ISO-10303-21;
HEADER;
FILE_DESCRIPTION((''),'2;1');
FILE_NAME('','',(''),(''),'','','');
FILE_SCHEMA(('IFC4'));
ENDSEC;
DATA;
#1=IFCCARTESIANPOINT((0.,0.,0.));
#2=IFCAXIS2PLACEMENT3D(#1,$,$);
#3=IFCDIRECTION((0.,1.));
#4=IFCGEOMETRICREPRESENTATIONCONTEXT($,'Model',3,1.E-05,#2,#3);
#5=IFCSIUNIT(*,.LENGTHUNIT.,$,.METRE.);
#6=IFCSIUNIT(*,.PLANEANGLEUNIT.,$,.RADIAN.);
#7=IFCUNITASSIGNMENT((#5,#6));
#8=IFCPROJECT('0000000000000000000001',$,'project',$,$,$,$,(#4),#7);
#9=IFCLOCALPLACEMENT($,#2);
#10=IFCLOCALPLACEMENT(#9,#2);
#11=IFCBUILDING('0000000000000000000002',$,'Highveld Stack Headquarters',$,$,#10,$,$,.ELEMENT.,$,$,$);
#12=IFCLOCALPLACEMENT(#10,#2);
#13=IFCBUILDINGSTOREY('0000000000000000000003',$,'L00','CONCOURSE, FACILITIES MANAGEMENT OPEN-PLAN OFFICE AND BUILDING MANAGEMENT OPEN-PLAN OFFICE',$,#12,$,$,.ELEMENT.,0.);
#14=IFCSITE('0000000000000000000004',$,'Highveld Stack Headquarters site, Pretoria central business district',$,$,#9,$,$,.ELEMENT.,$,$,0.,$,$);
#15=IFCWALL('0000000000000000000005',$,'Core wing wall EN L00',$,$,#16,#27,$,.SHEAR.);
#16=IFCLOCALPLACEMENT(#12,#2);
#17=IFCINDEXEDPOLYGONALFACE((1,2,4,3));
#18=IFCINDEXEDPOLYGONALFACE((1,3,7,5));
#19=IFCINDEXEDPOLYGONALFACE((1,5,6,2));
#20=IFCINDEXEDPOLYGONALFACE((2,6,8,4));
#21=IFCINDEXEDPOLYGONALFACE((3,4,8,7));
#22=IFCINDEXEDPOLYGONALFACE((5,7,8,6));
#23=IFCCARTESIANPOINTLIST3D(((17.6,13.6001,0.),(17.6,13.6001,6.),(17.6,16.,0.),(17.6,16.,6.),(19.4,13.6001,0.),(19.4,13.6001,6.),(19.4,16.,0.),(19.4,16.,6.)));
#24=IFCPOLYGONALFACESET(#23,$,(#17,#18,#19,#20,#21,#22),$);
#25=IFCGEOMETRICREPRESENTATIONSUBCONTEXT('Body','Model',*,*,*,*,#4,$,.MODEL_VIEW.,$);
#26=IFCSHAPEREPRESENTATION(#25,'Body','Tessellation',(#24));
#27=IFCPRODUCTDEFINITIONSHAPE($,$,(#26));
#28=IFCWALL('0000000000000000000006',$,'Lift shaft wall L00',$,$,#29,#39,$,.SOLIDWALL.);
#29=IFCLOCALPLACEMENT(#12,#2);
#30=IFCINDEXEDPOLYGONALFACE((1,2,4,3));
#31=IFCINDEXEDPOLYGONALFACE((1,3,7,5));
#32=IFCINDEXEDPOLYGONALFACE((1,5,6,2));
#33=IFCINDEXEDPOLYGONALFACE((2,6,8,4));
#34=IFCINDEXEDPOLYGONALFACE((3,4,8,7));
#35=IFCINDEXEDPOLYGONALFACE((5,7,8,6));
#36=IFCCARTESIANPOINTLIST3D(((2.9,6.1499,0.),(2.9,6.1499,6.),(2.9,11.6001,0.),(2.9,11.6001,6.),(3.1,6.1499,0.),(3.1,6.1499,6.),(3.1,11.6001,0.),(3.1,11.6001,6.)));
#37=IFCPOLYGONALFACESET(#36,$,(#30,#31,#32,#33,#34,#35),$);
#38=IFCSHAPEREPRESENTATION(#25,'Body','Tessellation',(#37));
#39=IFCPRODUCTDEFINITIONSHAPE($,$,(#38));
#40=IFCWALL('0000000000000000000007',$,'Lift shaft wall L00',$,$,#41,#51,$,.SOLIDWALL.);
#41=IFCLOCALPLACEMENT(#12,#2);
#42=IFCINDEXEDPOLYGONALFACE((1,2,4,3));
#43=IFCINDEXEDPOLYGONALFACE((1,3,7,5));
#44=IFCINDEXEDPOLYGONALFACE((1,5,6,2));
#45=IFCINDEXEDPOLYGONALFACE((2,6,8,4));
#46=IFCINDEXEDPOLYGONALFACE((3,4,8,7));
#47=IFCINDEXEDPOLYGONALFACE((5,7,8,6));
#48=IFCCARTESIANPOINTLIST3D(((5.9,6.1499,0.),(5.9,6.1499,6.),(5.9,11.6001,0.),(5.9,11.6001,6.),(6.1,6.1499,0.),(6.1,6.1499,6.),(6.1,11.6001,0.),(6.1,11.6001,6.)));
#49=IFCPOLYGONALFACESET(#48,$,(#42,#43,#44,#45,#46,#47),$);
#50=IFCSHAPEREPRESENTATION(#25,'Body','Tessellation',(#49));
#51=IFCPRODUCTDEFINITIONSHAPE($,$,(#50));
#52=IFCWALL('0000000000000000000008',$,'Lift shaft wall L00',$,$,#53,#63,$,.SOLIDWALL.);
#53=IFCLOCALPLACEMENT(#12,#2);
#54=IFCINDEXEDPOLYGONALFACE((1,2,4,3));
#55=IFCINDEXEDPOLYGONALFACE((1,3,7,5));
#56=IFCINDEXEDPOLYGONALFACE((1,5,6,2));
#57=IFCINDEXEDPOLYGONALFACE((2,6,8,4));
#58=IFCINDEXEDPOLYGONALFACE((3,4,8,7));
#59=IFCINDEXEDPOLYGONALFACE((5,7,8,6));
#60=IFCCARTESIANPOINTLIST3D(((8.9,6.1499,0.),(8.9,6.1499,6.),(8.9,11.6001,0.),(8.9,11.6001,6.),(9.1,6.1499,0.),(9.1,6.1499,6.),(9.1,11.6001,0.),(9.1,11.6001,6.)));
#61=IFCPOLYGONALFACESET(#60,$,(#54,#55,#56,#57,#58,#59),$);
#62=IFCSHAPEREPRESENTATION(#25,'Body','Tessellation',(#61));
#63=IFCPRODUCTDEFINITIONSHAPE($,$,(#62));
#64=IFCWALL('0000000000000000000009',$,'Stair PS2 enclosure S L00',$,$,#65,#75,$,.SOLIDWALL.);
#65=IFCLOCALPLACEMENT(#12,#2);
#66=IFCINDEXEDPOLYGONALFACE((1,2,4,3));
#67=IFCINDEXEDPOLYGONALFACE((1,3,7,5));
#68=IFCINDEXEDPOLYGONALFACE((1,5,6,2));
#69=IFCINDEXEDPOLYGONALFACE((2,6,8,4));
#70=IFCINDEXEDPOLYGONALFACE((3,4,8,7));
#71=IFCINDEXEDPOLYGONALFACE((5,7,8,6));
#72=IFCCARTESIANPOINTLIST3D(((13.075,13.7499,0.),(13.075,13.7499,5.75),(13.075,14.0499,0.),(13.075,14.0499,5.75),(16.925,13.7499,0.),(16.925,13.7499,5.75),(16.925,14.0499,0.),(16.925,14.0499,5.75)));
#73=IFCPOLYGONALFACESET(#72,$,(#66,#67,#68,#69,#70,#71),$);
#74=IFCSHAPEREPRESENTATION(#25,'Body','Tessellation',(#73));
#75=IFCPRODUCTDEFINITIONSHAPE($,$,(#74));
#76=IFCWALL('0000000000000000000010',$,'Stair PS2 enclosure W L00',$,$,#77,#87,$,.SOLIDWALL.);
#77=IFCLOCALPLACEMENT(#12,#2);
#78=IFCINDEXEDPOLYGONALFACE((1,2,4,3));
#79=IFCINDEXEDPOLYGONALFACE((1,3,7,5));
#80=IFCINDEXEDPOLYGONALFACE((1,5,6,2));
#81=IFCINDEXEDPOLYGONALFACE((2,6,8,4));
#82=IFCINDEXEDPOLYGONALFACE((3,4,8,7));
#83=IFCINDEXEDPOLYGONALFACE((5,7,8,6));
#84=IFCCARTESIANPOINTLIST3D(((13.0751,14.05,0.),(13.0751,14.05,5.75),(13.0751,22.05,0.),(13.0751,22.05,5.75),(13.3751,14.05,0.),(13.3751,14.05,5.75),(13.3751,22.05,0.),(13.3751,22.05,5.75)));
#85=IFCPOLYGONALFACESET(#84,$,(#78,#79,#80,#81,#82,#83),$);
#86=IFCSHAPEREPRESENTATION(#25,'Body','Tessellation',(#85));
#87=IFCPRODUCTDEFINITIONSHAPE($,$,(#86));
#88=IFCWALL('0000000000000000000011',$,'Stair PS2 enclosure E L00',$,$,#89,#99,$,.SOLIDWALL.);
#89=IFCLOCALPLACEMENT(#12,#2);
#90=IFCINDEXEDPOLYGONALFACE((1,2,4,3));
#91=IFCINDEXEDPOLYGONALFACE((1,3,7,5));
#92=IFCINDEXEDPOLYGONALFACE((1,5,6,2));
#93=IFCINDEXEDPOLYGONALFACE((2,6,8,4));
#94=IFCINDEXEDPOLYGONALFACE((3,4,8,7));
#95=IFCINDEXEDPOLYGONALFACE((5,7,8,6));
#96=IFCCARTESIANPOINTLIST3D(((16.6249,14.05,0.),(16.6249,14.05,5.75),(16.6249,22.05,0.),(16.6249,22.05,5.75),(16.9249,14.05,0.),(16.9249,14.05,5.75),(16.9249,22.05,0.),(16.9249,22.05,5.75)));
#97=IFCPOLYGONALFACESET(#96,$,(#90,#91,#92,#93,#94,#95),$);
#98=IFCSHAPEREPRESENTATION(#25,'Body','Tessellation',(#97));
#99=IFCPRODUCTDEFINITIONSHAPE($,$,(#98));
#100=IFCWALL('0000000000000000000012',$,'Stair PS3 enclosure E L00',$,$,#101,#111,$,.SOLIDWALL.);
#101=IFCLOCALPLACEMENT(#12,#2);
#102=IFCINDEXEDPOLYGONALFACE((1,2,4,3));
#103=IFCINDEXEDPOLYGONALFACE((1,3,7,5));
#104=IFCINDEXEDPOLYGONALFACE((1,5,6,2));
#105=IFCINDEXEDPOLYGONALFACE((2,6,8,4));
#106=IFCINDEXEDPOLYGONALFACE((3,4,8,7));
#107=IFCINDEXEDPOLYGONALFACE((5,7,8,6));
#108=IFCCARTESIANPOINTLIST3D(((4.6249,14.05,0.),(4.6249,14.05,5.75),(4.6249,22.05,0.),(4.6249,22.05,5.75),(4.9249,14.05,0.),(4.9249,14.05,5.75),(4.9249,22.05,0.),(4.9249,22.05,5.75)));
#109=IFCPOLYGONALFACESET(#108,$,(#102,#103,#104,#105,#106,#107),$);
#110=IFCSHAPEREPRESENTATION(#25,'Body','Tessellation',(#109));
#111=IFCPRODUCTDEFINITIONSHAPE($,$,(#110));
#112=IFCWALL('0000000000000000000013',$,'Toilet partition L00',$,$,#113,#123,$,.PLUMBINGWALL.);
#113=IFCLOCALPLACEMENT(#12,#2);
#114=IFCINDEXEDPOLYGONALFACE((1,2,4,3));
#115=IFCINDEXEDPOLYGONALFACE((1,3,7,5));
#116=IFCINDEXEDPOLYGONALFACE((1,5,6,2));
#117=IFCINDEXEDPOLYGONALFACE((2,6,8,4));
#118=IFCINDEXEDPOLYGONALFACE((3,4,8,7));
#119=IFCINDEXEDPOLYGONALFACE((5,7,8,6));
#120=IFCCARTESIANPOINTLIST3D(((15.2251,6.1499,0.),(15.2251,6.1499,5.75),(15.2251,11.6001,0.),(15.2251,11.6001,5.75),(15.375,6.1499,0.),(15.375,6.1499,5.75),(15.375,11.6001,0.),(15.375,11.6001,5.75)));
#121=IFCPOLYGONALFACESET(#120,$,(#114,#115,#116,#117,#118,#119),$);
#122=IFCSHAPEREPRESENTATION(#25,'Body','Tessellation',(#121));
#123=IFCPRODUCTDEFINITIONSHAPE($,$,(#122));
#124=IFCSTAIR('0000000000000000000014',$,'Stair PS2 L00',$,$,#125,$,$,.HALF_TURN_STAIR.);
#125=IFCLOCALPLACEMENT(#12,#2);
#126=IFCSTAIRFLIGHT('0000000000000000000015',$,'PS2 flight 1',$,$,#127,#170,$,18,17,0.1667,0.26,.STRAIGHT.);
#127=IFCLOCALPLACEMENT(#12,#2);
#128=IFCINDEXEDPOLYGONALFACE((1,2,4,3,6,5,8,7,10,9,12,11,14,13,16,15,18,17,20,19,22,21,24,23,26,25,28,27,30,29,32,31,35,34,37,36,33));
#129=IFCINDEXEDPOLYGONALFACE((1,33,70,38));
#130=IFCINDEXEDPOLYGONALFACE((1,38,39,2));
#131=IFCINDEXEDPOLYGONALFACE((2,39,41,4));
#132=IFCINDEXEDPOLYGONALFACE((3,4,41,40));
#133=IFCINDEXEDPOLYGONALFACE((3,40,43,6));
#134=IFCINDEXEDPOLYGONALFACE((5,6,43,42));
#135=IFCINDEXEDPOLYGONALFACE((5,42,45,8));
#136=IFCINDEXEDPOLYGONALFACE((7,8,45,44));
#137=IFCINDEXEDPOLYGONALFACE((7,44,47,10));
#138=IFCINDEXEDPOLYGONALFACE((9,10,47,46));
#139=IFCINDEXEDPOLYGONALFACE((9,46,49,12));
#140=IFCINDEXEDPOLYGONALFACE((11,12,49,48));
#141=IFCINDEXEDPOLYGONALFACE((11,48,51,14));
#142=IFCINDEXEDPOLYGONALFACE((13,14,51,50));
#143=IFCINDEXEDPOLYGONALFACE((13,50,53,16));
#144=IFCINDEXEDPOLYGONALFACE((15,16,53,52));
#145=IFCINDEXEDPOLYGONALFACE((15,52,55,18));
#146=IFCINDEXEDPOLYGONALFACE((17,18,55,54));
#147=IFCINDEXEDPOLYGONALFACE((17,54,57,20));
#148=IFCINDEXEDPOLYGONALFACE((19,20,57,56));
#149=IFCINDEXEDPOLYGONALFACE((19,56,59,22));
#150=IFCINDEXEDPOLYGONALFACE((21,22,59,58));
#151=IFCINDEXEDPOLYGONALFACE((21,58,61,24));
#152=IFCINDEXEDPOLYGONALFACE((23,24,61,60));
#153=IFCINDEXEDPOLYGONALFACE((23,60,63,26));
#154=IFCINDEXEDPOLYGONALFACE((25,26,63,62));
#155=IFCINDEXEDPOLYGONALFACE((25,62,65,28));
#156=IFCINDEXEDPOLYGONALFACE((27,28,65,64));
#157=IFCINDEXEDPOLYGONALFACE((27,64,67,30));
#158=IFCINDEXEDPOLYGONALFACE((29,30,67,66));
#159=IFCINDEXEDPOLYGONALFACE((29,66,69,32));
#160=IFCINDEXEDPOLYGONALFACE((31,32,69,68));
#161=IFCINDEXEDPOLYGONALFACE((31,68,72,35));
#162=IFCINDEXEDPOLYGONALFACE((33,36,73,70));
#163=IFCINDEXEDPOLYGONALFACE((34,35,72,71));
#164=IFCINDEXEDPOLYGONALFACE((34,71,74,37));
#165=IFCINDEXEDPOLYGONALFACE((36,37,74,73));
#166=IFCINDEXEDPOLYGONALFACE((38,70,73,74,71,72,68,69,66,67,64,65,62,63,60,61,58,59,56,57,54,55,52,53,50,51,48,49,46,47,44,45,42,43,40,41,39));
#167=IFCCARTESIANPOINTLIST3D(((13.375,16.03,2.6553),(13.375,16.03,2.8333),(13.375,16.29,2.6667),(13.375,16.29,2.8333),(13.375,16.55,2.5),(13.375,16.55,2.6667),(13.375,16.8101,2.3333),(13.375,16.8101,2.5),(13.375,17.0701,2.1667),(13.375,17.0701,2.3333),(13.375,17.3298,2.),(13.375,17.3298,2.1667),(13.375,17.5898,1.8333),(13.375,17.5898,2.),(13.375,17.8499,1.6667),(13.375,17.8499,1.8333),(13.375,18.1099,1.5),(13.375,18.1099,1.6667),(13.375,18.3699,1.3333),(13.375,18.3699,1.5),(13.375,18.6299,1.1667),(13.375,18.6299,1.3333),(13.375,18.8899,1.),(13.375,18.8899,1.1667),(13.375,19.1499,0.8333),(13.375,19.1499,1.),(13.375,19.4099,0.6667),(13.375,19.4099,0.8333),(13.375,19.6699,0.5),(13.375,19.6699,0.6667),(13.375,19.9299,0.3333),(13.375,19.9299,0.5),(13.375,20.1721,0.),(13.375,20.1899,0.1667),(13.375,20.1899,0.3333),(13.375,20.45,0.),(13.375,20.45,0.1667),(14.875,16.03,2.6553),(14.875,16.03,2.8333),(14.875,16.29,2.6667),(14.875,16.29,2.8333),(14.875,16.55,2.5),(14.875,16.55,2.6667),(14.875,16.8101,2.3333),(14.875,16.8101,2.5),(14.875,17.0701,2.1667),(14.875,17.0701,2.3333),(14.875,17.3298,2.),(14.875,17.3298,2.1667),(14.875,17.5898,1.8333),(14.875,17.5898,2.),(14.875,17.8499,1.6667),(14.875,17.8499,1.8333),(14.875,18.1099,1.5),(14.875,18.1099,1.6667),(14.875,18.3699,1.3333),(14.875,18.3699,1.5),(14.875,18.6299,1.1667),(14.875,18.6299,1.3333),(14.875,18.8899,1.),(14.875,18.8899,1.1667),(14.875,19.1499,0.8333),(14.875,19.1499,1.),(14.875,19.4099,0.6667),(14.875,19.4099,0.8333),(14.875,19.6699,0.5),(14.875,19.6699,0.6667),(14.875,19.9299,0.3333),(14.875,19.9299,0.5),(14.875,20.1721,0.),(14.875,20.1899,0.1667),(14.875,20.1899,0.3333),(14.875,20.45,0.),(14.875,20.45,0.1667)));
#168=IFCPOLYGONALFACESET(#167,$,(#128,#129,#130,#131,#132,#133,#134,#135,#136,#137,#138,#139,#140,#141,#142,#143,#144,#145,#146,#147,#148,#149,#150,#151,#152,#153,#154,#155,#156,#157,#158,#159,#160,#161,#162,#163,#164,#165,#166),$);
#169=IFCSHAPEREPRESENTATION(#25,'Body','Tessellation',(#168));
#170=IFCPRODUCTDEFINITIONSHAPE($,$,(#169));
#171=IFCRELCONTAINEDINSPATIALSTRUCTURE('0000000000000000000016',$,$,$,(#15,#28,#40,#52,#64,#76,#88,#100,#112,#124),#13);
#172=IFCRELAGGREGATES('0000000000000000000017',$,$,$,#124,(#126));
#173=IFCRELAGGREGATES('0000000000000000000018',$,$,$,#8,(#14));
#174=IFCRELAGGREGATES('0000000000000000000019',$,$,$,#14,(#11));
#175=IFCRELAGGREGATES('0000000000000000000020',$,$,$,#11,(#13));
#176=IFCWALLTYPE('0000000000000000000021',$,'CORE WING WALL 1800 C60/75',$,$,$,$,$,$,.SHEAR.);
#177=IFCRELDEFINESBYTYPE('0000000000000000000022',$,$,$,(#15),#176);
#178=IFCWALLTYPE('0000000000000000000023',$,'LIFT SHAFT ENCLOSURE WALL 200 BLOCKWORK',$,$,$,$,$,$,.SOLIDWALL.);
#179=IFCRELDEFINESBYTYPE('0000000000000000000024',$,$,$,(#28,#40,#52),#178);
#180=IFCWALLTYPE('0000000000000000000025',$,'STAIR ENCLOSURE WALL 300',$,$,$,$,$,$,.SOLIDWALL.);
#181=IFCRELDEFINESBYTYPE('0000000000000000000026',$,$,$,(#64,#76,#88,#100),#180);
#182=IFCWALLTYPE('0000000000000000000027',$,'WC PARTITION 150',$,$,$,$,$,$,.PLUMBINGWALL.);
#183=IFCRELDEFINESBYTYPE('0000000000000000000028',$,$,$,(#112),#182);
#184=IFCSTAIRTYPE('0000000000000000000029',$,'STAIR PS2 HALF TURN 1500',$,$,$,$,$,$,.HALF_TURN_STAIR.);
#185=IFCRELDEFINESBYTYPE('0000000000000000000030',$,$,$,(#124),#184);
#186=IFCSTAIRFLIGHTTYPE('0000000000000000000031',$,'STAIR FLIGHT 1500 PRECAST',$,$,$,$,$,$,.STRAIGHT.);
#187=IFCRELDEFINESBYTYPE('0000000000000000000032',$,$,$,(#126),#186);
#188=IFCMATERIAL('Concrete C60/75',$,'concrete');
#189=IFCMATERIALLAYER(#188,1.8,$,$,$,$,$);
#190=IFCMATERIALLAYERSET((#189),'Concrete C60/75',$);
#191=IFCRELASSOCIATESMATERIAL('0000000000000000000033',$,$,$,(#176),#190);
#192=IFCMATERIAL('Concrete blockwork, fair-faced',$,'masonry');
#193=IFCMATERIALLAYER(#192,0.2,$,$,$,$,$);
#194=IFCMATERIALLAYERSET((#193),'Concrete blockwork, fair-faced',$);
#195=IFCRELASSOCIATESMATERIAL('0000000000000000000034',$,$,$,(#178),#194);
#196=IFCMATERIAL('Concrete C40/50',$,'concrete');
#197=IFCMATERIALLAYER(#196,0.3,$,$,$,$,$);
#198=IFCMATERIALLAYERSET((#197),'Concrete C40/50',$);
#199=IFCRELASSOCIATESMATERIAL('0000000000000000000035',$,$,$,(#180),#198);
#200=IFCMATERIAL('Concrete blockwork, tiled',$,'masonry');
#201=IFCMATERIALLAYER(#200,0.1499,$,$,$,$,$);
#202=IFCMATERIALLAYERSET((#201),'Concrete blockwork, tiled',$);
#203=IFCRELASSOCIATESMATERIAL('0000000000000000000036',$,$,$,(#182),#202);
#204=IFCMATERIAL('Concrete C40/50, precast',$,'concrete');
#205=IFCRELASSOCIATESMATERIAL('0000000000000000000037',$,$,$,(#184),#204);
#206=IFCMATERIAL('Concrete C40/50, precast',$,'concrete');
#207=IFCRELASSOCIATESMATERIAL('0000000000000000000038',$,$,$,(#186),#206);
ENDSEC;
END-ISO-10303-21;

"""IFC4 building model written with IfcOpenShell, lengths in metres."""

from ifc_helpers import new_model, si_unit, direction, frame, frame_2d, origin, place, context, subcontext, project, spatial, polyline, rectangle, outline, extrude, material, layer, layer_set, type_object, element, aggregate, save


model = new_model("IFC4")

# Units and contexts
model_context = context("Model", 3, precision=1e-05, world=origin(), true_north=direction((0.0, 1.0)))
body_context = subcontext(model_context, "Body", "Model", "MODEL_VIEW")
ifc_project = project(units=[si_unit("LENGTHUNIT", "METRE"), si_unit("PLANEANGLEUNIT", "RADIAN")], contexts=[model_context])

# Site, building, storey
site_placement = place(None, origin())
site = spatial("IfcSite", under=ifc_project, at=site_placement, Name="Highveld Stack Headquarters site, Pretoria central business district", CompositionType="ELEMENT", RefElevation=0.0)
building_placement = place(site_placement, origin())
building = spatial("IfcBuilding", under=site, at=building_placement, Name="Highveld Stack Headquarters", CompositionType="ELEMENT")
storey_placement = place(building_placement, origin())
storey = spatial("IfcBuildingStorey", under=building, at=storey_placement, Name="L00", Description="CONCOURSE, FACILITIES MANAGEMENT OPEN-PLAN OFFICE AND BUILDING MANAGEMENT OPEN-PLAN OFFICE", CompositionType="ELEMENT", Elevation=0.0)

# Walls
ifc_material_1 = material(Name="Concrete C60/75", Category="concrete")
ifc_layer_1 = layer(ifc_material_1, 1.8)
ifc_layer_set_1 = layer_set([ifc_layer_1], Name="Concrete C60/75")
wall_type_1 = type_object("IfcWallType", Name="CORE WING WALL 1800 C60/75", PredefinedType="SHEAR", material=ifc_layer_set_1)
wall_1_placement = place(storey_placement, frame((18.5, 13.6001, 0.0), z_axis=(0.0, 0.0, 1.0), x_axis=(0.0, 1.0, 0.0)))
element("IfcWall", 1, at=wall_1_placement, inside=storey, type_object=wall_type_1, Name="Core wing wall EN L00", PredefinedType="SHEAR", context=body_context, shape_type="SweptSolid", body=[
    extrude(rectangle(XDim=2.3999, YDim=1.8, at=frame_2d((1.2, 0.0))), origin(), (0.0, 0.0, 1.0), 6.0),
])
ifc_material_2 = material(Name="Concrete blockwork, fair-faced", Category="masonry")
ifc_layer_2 = layer(ifc_material_2, 0.2)
ifc_layer_set_2 = layer_set([ifc_layer_2], Name="Concrete blockwork, fair-faced")
wall_type_2 = type_object("IfcWallType", Name="LIFT SHAFT ENCLOSURE WALL 200 BLOCKWORK", PredefinedType="SOLIDWALL", material=ifc_layer_set_2)
for number, where, z_axis, x_axis, name in (
    (2, (3.0, 6.1499, 0.0), (0.0, 0.0, 1.0), (0.0, 1.0, 0.0), "Lift shaft wall L00"),
    (3, (6.0, 6.1499, 0.0), (0.0, 0.0, 1.0), (0.0, 1.0, 0.0), "Lift shaft wall L00"),
    (4, (9.0, 6.1499, 0.0), (0.0, 0.0, 1.0), (0.0, 1.0, 0.0), "Lift shaft wall L00"),
):
    element("IfcWall", number, at=place(storey_placement, frame(where, z_axis=z_axis, x_axis=x_axis)), inside=storey, type_object=wall_type_2, Name=name, PredefinedType="SOLIDWALL", context=body_context, shape_type="SweptSolid", body=[
        extrude(rectangle(XDim=5.4502, YDim=0.2, at=frame_2d((2.7251, 0.0))), origin(), (0.0, 0.0, 1.0), 6.0),
    ])
ifc_material_3 = material(Name="Concrete C40/50", Category="concrete")
ifc_layer_3 = layer(ifc_material_3, 0.3)
ifc_layer_set_3 = layer_set([ifc_layer_3], Name="Concrete C40/50")
wall_type_3 = type_object("IfcWallType", Name="STAIR ENCLOSURE WALL 300", PredefinedType="SOLIDWALL", material=ifc_layer_set_3)
wall_2_placement = place(storey_placement, frame((13.075, 13.8999, 0.0), z_axis=(0.0, 0.0, 1.0), x_axis=(1.0, 0.0, 0.0)))
element("IfcWall", 5, at=wall_2_placement, inside=storey, type_object=wall_type_3, Name="Stair PS2 enclosure S L00", PredefinedType="SOLIDWALL", context=body_context, shape_type="SweptSolid", body=[
    extrude(rectangle(XDim=3.8501, YDim=0.3, at=frame_2d((1.925, 0.0))), origin(), (0.0, 0.0, 1.0), 5.75),
])
for number, where, z_axis, x_axis, name in (
    (6, (13.2251, 14.05, 0.0), (0.0, 0.0, 1.0), (0.0, 1.0, 0.0), "Stair PS2 enclosure W L00"),
    (7, (16.7749, 14.05, 0.0), (0.0, 0.0, 1.0), (0.0, 1.0, 0.0), "Stair PS2 enclosure E L00"),
    (8, (4.7749, 14.05, 0.0), (0.0, 0.0, 1.0), (0.0, 1.0, 0.0), "Stair PS3 enclosure E L00"),
):
    element("IfcWall", number, at=place(storey_placement, frame(where, z_axis=z_axis, x_axis=x_axis)), inside=storey, type_object=wall_type_3, Name=name, PredefinedType="SOLIDWALL", context=body_context, shape_type="SweptSolid", body=[
        extrude(rectangle(XDim=8.0, YDim=0.3, at=frame_2d((4.0, 0.0))), origin(), (0.0, 0.0, 1.0), 5.75),
    ])
ifc_material_4 = material(Name="Concrete blockwork, tiled", Category="masonry")
ifc_layer_4 = layer(ifc_material_4, 0.1499)
ifc_layer_set_4 = layer_set([ifc_layer_4], Name="Concrete blockwork, tiled")
wall_type_4 = type_object("IfcWallType", Name="WC PARTITION 150", PredefinedType="PLUMBINGWALL", material=ifc_layer_set_4)
wall_3_placement = place(storey_placement, frame((15.3, 6.1499, 0.0), z_axis=(0.0, 0.0, 1.0), x_axis=(0.0, 1.0, 0.0)))
element("IfcWall", 9, at=wall_3_placement, inside=storey, type_object=wall_type_4, Name="Toilet partition L00", PredefinedType="PLUMBINGWALL", context=body_context, shape_type="SweptSolid", body=[
    extrude(rectangle(XDim=5.4502, YDim=0.1499, at=frame_2d((2.7251, 0.0))), origin(), (0.0, 0.0, 1.0), 5.75),
])

# Stair, stair flight
ifc_material_5 = material(Name="Concrete C40/50, precast", Category="concrete")
stair_type_1 = type_object("IfcStairType", Name="STAIR PS2 HALF TURN 1500", PredefinedType="HALF_TURN_STAIR", material=ifc_material_5)
stair_1_placement = place(storey_placement, origin())
stair_1 = element("IfcStair", 10, at=stair_1_placement, inside=storey, type_object=stair_type_1, Name="Stair PS2 L00", PredefinedType="HALF_TURN_STAIR")
ifc_material_6 = material(Name="Concrete C40/50, precast", Category="concrete")
stair_flight_type = type_object("IfcStairFlightType", Name="STAIR FLIGHT 1500 PRECAST", PredefinedType="STRAIGHT", material=ifc_material_6)
stair_flight_1_placement = place(storey_placement, frame((14.125, 20.45, 0.0), z_axis=(0.0, 0.0, 1.0), x_axis=(0.0, -1.0, 0.0)))
stair_flight_1 = element("IfcStairFlight", 11, at=stair_flight_1_placement, type_object=stair_flight_type, Name="PS2 flight 1", NumberOfRisers=18, NumberOfTreads=17, PredefinedType="STRAIGHT", RiserHeight=0.1667, TreadLength=0.26, context=body_context, shape_type="SweptSolid", body=[
    extrude(outline(polyline([(0.0, 0.0), (0.0, 0.1667), (0.26, 0.1667), (0.26, 0.3333), (0.52, 0.3333), (0.52, 0.5), (0.78, 0.5), (0.78, 0.6667), (1.04, 0.6667), (1.04, 0.8333), (1.3, 0.8333), (1.3, 1.0), (1.5601, 1.0), (1.5601, 1.1667), (1.8201, 1.1667), (1.8201, 1.3333), (2.0801, 1.3333), (2.0801, 1.5), (2.3401, 1.5), (2.3401, 1.6667), (2.6001, 1.6667), (2.6001, 1.8333), (2.8601, 1.8333), (2.8601, 2.0), (3.1201, 2.0), (3.1201, 2.1667), (3.3799, 2.1667), (3.3799, 2.3333), (3.6399, 2.3333), (3.6399, 2.5), (3.8999, 2.5), (3.8999, 2.6667), (4.1599, 2.6667), (4.1599, 2.8333), (4.4199, 2.8333), (4.4199, 3.0), (4.4199, 2.6553), (0.2778, 0.0), (0.0, 0.0)])), frame((0.0, 0.75, 0.0), z_axis=(0.0, -1.0, 0.0), x_axis=(1.0, 0.0, 0.0)), (0.0, 0.0, 1.0), 1.5),
])
aggregate(stair_1, [stair_flight_1])

save(model, "model.ifc")
